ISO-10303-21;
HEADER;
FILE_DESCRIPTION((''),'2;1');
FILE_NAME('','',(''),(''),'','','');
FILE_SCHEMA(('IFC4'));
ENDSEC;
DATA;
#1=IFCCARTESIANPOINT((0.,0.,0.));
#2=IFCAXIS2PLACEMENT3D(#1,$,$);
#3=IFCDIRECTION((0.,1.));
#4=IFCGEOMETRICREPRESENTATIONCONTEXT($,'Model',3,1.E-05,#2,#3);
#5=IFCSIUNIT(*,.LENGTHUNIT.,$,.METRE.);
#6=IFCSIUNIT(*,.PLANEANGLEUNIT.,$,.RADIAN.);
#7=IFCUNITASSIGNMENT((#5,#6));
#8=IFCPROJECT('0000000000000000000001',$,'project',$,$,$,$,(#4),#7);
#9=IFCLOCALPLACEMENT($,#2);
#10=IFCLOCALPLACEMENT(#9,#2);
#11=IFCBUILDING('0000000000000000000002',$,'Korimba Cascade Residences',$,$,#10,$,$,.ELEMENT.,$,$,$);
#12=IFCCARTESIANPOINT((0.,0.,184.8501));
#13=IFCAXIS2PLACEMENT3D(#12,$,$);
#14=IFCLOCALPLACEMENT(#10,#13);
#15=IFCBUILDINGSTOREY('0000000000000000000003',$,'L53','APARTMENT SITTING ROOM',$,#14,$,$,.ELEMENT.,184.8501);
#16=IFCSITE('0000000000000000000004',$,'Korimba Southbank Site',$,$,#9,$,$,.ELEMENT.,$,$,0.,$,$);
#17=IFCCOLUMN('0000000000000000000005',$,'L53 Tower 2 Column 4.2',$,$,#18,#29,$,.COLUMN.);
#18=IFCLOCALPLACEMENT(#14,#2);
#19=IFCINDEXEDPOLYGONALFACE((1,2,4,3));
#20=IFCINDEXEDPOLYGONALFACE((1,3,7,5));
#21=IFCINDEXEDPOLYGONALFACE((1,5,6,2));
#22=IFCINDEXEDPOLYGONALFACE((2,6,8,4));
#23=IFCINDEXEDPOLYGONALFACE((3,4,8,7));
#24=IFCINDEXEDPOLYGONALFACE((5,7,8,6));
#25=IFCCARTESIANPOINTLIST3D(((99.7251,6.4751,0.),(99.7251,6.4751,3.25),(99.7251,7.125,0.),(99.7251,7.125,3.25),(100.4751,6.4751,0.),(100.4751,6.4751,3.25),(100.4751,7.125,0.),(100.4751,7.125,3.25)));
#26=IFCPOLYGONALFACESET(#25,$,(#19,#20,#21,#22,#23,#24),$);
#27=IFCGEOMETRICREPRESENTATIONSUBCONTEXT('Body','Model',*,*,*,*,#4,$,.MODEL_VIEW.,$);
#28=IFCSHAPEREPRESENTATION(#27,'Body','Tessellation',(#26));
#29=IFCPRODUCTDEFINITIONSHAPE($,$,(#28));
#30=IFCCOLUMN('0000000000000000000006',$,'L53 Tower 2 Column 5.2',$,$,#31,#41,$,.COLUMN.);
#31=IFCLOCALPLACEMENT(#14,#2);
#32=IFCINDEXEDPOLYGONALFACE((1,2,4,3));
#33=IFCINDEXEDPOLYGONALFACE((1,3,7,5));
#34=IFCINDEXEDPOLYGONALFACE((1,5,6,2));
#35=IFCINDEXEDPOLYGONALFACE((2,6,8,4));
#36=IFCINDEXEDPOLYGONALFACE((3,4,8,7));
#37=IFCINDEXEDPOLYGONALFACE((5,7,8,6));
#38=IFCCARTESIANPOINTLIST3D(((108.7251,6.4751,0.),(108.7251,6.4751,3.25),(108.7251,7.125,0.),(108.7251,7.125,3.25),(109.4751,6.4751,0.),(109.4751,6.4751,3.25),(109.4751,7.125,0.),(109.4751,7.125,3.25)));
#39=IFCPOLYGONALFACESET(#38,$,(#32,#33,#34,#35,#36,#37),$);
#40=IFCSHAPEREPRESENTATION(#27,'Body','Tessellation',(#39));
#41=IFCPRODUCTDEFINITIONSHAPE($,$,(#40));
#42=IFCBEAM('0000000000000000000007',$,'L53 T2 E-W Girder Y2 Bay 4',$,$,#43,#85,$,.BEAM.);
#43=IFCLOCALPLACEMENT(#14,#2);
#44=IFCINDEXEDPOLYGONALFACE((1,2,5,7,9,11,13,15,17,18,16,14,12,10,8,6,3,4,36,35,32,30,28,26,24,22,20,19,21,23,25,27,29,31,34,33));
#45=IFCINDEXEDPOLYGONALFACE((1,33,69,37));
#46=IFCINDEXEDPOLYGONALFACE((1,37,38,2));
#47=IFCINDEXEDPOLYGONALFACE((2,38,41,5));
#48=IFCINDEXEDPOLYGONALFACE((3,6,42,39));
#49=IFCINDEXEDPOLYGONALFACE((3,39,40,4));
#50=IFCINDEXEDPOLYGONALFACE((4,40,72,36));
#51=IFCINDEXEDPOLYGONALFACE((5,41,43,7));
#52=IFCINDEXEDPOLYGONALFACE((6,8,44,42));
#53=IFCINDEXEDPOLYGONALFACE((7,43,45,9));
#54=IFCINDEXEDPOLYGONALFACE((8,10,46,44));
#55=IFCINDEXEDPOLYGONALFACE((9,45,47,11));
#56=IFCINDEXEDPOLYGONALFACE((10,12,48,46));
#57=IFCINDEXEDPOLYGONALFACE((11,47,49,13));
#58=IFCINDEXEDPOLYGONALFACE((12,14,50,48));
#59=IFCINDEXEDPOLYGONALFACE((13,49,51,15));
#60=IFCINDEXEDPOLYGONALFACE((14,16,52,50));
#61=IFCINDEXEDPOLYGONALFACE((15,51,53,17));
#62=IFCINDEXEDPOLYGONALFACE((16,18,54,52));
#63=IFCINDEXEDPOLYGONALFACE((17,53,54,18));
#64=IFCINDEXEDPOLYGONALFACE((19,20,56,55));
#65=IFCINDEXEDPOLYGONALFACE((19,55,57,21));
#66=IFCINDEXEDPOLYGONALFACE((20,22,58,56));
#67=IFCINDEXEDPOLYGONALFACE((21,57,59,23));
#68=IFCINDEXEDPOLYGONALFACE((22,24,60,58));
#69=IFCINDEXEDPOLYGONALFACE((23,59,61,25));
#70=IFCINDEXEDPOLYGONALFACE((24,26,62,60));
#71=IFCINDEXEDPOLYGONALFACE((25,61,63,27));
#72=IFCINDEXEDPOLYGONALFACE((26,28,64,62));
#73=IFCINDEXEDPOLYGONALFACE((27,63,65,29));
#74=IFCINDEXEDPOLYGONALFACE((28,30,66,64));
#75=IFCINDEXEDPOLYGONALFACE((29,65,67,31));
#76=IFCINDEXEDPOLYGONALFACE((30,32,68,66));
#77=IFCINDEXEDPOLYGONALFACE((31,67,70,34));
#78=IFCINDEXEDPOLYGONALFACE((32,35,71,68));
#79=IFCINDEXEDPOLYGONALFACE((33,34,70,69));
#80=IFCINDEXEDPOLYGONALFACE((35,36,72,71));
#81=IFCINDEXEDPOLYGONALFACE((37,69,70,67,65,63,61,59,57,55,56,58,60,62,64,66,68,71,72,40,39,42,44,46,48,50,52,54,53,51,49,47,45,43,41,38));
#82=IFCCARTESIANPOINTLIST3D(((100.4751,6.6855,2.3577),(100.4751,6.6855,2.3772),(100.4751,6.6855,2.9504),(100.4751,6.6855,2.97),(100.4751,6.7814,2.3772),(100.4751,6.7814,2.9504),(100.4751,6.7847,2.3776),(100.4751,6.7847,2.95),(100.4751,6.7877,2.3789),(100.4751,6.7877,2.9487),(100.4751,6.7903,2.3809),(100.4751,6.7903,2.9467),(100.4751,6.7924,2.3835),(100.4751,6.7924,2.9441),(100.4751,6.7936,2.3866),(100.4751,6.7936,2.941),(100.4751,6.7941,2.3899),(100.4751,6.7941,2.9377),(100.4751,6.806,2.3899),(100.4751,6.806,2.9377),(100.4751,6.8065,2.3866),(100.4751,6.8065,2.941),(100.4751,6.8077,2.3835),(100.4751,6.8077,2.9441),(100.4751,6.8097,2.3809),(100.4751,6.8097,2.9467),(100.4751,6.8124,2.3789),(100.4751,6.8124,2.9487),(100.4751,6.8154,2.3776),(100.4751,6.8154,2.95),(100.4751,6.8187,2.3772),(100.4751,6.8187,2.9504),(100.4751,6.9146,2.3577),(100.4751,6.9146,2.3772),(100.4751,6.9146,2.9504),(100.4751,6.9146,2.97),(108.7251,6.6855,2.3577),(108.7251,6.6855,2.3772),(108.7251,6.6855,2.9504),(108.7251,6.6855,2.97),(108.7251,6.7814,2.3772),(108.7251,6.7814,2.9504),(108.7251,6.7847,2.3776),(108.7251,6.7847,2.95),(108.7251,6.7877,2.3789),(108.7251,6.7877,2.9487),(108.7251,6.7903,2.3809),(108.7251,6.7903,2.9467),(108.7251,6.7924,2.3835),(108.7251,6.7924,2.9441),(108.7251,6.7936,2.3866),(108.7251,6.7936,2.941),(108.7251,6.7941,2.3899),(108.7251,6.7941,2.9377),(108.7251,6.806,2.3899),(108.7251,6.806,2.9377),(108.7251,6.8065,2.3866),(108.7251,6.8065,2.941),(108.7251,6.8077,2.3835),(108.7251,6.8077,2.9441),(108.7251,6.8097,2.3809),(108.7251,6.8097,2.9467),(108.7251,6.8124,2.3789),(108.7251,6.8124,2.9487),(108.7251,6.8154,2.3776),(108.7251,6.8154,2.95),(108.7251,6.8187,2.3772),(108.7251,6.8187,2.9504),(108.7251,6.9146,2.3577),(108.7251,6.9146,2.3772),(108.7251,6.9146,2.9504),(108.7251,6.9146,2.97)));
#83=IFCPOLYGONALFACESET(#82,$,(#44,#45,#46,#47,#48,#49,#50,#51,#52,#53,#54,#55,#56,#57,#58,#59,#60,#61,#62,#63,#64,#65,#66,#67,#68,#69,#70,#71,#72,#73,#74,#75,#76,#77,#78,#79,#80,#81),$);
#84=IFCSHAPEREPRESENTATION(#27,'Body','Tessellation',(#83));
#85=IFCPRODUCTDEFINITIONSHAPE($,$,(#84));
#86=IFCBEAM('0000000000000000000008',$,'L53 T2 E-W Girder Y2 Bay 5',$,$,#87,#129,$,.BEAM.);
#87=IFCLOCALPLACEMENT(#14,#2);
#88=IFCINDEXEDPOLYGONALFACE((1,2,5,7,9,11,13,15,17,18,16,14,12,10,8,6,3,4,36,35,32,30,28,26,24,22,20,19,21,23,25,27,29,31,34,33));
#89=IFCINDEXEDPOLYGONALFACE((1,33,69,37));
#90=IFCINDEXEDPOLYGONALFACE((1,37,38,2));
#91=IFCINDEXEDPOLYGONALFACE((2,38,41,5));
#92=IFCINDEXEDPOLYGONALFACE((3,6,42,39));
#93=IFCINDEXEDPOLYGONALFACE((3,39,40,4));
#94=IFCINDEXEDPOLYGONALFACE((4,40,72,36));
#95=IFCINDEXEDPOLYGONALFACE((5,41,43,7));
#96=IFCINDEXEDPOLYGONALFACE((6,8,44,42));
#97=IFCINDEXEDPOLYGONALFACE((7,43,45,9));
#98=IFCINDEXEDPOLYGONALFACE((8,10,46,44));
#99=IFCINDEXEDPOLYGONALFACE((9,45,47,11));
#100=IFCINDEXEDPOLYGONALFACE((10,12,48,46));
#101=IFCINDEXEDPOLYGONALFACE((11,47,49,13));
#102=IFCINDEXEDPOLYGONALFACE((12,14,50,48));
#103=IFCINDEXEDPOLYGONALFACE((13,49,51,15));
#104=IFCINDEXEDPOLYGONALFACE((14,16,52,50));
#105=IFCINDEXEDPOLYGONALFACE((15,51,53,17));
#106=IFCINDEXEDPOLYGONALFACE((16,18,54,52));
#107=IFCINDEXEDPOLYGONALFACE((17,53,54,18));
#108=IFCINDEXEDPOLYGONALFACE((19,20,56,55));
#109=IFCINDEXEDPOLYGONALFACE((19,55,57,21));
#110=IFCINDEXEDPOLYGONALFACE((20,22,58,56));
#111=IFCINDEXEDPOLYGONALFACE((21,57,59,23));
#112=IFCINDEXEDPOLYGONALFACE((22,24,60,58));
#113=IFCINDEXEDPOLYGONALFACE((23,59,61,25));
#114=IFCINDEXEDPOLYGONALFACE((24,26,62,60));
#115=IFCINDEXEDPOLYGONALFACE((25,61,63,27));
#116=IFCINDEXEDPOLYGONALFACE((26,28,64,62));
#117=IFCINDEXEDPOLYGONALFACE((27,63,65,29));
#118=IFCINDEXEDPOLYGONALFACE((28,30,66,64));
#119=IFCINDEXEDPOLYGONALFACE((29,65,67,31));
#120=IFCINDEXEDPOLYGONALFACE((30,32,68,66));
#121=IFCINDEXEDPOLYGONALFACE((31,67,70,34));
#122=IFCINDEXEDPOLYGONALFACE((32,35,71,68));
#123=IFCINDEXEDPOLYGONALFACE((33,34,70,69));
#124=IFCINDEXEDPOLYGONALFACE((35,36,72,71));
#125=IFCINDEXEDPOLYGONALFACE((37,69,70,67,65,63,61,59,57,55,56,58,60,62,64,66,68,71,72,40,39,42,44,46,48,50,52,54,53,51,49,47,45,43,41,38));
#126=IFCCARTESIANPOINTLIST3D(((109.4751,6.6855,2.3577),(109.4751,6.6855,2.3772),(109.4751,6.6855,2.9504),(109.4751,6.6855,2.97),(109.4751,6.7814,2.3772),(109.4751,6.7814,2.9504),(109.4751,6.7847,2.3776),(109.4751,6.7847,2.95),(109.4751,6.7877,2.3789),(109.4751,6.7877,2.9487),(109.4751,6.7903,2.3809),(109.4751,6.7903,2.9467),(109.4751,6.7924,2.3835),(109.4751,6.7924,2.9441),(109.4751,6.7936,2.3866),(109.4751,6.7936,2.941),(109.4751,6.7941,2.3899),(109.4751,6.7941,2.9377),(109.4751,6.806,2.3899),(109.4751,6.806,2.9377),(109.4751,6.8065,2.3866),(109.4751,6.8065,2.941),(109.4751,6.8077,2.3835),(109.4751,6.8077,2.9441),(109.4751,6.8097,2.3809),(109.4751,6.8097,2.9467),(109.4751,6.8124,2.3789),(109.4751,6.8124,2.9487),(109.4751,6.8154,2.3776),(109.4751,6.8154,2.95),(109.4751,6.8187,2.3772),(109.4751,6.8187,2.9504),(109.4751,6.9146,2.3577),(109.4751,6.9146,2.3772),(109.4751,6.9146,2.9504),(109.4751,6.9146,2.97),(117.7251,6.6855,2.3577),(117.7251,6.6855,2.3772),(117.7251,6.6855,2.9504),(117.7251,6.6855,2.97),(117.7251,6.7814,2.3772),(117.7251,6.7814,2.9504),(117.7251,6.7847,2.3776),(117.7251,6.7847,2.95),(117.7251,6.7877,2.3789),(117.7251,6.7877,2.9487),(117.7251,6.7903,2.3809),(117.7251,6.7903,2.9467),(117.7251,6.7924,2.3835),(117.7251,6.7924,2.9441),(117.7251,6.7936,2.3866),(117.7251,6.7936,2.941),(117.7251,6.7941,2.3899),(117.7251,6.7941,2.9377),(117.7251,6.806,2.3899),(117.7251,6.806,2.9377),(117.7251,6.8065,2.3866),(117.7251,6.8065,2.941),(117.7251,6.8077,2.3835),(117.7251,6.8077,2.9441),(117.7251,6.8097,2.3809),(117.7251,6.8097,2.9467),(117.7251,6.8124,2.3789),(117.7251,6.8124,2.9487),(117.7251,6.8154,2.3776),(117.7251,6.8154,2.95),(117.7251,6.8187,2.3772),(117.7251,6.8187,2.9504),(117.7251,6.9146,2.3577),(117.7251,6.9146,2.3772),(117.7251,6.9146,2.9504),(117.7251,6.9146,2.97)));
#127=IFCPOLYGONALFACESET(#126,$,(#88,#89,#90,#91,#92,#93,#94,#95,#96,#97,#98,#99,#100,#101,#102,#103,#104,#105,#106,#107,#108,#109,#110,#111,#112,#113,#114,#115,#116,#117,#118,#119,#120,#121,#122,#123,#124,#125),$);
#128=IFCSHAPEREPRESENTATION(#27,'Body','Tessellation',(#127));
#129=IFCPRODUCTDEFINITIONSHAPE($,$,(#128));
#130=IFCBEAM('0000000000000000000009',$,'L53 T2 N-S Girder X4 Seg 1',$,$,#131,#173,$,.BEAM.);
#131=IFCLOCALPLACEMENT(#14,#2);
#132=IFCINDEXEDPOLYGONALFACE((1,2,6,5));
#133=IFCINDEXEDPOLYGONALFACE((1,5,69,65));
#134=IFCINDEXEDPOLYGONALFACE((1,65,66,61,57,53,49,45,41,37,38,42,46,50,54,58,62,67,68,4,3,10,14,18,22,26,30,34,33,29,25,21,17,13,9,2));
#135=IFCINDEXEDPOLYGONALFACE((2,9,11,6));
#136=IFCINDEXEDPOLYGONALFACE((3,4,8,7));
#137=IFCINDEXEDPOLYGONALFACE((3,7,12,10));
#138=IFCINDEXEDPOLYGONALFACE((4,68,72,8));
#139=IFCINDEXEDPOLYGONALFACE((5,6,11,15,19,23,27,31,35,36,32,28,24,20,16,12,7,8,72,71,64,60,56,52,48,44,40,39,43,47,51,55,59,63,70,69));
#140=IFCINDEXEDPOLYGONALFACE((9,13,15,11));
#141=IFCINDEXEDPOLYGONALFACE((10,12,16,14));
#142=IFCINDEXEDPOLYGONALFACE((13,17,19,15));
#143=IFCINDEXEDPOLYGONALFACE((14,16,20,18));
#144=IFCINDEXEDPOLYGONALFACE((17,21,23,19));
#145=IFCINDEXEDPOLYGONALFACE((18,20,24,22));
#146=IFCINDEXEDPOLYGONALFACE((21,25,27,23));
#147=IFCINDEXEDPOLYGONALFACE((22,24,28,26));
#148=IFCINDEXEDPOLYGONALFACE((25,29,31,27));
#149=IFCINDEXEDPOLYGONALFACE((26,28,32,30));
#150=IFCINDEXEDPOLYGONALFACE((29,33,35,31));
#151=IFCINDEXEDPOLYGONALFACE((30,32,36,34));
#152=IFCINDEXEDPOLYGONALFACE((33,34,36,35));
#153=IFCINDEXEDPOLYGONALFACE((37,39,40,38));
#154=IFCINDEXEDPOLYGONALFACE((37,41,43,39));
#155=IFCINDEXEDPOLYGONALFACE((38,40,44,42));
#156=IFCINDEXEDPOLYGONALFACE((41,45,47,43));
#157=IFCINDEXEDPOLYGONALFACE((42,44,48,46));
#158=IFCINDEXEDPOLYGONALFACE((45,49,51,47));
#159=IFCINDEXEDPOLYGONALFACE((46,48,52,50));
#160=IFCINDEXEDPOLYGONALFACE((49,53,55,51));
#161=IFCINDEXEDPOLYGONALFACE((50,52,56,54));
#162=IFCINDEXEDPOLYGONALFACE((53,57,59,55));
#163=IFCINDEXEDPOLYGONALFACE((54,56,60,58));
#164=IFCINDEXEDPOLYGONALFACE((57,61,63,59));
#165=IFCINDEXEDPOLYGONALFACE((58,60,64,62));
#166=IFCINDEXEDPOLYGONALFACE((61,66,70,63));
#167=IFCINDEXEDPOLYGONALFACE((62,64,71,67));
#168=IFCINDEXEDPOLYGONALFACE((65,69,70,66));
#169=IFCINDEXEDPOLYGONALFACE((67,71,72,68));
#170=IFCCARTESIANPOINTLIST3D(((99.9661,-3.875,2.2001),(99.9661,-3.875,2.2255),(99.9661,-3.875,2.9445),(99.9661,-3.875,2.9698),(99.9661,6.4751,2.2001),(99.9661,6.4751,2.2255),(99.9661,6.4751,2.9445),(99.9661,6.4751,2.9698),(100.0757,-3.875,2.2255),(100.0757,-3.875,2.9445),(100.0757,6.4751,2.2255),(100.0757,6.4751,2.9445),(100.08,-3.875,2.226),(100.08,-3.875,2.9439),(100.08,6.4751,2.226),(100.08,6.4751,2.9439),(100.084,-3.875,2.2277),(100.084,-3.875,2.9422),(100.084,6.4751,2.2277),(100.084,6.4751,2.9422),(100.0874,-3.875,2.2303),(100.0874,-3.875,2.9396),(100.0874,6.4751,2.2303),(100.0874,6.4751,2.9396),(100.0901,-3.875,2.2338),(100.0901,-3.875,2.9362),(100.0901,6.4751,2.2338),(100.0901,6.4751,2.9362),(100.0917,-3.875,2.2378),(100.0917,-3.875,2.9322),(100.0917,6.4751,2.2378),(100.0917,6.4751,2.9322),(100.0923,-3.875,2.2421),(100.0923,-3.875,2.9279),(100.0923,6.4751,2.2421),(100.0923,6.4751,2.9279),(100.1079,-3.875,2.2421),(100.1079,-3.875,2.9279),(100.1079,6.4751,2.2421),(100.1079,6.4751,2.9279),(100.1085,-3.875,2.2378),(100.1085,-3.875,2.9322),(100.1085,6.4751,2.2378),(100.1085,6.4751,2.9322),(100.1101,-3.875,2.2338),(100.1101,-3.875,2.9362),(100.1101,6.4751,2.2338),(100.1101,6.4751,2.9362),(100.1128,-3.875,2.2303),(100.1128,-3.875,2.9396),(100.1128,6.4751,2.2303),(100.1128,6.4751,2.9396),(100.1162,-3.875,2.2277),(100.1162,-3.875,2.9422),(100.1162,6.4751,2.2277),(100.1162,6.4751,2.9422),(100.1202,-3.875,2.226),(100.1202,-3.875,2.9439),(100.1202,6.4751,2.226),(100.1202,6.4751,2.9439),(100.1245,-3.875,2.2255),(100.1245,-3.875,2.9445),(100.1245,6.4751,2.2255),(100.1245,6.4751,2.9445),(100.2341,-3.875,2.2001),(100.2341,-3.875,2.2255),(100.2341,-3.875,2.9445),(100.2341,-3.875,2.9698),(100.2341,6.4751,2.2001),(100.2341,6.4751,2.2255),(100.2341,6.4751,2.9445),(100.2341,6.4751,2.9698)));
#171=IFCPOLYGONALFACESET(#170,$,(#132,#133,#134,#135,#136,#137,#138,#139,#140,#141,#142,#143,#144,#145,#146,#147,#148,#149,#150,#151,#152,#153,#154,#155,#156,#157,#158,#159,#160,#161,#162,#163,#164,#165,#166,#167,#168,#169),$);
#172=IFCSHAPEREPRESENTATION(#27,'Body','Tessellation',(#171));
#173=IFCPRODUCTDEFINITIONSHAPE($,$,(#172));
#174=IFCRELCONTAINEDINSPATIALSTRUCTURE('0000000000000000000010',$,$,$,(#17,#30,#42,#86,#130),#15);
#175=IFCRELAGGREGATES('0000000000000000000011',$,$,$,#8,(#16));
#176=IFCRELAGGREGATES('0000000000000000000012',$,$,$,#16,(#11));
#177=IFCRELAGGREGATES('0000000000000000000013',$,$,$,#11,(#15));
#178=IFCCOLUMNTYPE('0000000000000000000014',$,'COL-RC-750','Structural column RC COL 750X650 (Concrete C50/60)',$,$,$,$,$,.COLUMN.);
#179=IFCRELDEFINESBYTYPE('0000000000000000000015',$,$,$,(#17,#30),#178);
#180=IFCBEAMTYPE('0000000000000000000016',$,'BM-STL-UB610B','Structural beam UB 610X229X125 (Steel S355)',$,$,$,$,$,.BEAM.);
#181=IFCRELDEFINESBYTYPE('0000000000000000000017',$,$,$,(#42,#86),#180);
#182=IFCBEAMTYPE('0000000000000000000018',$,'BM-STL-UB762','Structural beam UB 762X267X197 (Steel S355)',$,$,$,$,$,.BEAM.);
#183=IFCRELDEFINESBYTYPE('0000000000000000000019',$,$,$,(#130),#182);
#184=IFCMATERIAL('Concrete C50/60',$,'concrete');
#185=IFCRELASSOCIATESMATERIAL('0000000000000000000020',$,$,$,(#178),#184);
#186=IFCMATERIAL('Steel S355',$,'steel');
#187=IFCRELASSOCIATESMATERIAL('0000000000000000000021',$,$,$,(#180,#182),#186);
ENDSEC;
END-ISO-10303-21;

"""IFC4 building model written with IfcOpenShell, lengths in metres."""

from ifc_helpers import new_model, si_unit, direction, frame, origin, origin_2d, place, context, subcontext, project, spatial, rectangle, i_section, extrude, material, material_profile, profile_set, type_object, element, save


model = new_model("IFC4")

# Units and contexts
model_context = context("Model", 3, precision=1e-05, world=origin(), true_north=direction((0.0, 1.0)))
body_context = subcontext(model_context, "Body", "Model", "MODEL_VIEW")
ifc_project = project(units=[si_unit("LENGTHUNIT", "METRE"), si_unit("PLANEANGLEUNIT", "RADIAN")], contexts=[model_context])

# Site, building, storey
site_placement = place(None, origin())
site = spatial("IfcSite", under=ifc_project, at=site_placement, Name="Korimba Southbank Site", CompositionType="ELEMENT", RefElevation=0.0)
building_placement = place(site_placement, origin())
building = spatial("IfcBuilding", under=site, at=building_placement, Name="Korimba Cascade Residences", CompositionType="ELEMENT")
storey_placement = place(building_placement, frame((0.0, 0.0, 184.8501)))
storey = spatial("IfcBuildingStorey", under=building, at=storey_placement, Name="L53", Description="APARTMENT SITTING ROOM", CompositionType="ELEMENT", Elevation=184.8501)

# Columns
ifc_material_1 = material(Name="Concrete C50/60", Category="concrete")
ifc_material_profile_1 = material_profile(ifc_material_1, rectangle(XDim=0.75, YDim=0.6499, at=origin_2d()), Name="Concrete C50/60")
ifc_profile_set_1 = profile_set([ifc_material_profile_1], Name="Concrete C50/60")
column_type = type_object("IfcColumnType", Name="COL-RC-750", Description="Structural column RC COL 750X650 (Concrete C50/60)", PredefinedType="COLUMN", material=ifc_profile_set_1)
for number, where, z_axis, x_axis, name in (
    (1, (100.1001, 6.8, 0.0), (0.0, 0.0, 1.0), (1.0, 0.0, 0.0), "L53 Tower 2 Column 4.2"),
    (2, (109.1001, 6.8, 0.0), (0.0, 0.0, 1.0), (1.0, 0.0, 0.0), "L53 Tower 2 Column 5.2"),
):
    element("IfcColumn", number, at=place(storey_placement, frame(where, z_axis=z_axis, x_axis=x_axis)), inside=storey, type_object=column_type, Name=name, PredefinedType="COLUMN", context=body_context, shape_type="SweptSolid", body=[
        extrude(rectangle(XDim=0.75, YDim=0.6499, at=origin_2d()), origin(), (0.0, 0.0, 1.0), 3.25),
    ])

# Beams
ifc_material_2 = material(Name="Steel S355", Category="steel")
ifc_material_profile_2 = material_profile(ifc_material_2, i_section(OverallWidth=0.229, OverallDepth=0.6123, WebThickness=0.012, FlangeThickness=0.0195, FilletRadius=0.0127, at=origin_2d()), Name="Steel S355")
ifc_profile_set_2 = profile_set([ifc_material_profile_2], Name="Steel S355")
beam_type_1 = type_object("IfcBeamType", Name="BM-STL-UB610B", Description="Structural beam UB 610X229X125 (Steel S355)", PredefinedType="BEAM", material=ifc_profile_set_2)
for number, where, z_axis, x_axis, name in (
    (3, (100.4751, 6.8, 2.6638), (1.0, 0.0, 0.0), (0.0, 1.0, 0.0), "L53 T2 E-W Girder Y2 Bay 4"),
    (4, (109.4751, 6.8, 2.6638), (1.0, 0.0, 0.0), (0.0, 1.0, 0.0), "L53 T2 E-W Girder Y2 Bay 5"),
):
    element("IfcBeam", number, at=place(storey_placement, frame(where, z_axis=z_axis, x_axis=x_axis)), inside=storey, type_object=beam_type_1, Name=name, PredefinedType="BEAM", context=body_context, shape_type="SweptSolid", body=[
        extrude(i_section(OverallWidth=0.229, OverallDepth=0.6123, WebThickness=0.012, FlangeThickness=0.0195, FilletRadius=0.0127, at=origin_2d()), origin(), (0.0, 0.0, 1.0), 8.25),
    ])
ifc_material_profile_3 = material_profile(ifc_material_2, i_section(OverallWidth=0.2681, OverallDepth=0.7698, WebThickness=0.0156, FlangeThickness=0.0254, FilletRadius=0.0166, at=origin_2d()), Name="Steel S355")
ifc_profile_set_3 = profile_set([ifc_material_profile_3], Name="Steel S355")
beam_type_2 = type_object("IfcBeamType", Name="BM-STL-UB762", Description="Structural beam UB 762X267X197 (Steel S355)", PredefinedType="BEAM", material=ifc_profile_set_3)
for number, where, z_axis, x_axis, name in (
    (5, (100.1001, -3.875, 2.585), (0.0, 1.0, 0.0), (-1.0, 0.0, 0.0), "L53 T2 N-S Girder X4 Seg 1"),
):
    element("IfcBeam", number, at=place(storey_placement, frame(where, z_axis=z_axis, x_axis=x_axis)), inside=storey, type_object=beam_type_2, Name=name, PredefinedType="BEAM", context=body_context, shape_type="SweptSolid", body=[
        extrude(i_section(OverallWidth=0.2681, OverallDepth=0.7698, WebThickness=0.0156, FlangeThickness=0.0254, FilletRadius=0.0166, at=origin_2d()), origin(), (0.0, 0.0, 1.0), 10.3501),
    ])

save(model, "model.ifc")
